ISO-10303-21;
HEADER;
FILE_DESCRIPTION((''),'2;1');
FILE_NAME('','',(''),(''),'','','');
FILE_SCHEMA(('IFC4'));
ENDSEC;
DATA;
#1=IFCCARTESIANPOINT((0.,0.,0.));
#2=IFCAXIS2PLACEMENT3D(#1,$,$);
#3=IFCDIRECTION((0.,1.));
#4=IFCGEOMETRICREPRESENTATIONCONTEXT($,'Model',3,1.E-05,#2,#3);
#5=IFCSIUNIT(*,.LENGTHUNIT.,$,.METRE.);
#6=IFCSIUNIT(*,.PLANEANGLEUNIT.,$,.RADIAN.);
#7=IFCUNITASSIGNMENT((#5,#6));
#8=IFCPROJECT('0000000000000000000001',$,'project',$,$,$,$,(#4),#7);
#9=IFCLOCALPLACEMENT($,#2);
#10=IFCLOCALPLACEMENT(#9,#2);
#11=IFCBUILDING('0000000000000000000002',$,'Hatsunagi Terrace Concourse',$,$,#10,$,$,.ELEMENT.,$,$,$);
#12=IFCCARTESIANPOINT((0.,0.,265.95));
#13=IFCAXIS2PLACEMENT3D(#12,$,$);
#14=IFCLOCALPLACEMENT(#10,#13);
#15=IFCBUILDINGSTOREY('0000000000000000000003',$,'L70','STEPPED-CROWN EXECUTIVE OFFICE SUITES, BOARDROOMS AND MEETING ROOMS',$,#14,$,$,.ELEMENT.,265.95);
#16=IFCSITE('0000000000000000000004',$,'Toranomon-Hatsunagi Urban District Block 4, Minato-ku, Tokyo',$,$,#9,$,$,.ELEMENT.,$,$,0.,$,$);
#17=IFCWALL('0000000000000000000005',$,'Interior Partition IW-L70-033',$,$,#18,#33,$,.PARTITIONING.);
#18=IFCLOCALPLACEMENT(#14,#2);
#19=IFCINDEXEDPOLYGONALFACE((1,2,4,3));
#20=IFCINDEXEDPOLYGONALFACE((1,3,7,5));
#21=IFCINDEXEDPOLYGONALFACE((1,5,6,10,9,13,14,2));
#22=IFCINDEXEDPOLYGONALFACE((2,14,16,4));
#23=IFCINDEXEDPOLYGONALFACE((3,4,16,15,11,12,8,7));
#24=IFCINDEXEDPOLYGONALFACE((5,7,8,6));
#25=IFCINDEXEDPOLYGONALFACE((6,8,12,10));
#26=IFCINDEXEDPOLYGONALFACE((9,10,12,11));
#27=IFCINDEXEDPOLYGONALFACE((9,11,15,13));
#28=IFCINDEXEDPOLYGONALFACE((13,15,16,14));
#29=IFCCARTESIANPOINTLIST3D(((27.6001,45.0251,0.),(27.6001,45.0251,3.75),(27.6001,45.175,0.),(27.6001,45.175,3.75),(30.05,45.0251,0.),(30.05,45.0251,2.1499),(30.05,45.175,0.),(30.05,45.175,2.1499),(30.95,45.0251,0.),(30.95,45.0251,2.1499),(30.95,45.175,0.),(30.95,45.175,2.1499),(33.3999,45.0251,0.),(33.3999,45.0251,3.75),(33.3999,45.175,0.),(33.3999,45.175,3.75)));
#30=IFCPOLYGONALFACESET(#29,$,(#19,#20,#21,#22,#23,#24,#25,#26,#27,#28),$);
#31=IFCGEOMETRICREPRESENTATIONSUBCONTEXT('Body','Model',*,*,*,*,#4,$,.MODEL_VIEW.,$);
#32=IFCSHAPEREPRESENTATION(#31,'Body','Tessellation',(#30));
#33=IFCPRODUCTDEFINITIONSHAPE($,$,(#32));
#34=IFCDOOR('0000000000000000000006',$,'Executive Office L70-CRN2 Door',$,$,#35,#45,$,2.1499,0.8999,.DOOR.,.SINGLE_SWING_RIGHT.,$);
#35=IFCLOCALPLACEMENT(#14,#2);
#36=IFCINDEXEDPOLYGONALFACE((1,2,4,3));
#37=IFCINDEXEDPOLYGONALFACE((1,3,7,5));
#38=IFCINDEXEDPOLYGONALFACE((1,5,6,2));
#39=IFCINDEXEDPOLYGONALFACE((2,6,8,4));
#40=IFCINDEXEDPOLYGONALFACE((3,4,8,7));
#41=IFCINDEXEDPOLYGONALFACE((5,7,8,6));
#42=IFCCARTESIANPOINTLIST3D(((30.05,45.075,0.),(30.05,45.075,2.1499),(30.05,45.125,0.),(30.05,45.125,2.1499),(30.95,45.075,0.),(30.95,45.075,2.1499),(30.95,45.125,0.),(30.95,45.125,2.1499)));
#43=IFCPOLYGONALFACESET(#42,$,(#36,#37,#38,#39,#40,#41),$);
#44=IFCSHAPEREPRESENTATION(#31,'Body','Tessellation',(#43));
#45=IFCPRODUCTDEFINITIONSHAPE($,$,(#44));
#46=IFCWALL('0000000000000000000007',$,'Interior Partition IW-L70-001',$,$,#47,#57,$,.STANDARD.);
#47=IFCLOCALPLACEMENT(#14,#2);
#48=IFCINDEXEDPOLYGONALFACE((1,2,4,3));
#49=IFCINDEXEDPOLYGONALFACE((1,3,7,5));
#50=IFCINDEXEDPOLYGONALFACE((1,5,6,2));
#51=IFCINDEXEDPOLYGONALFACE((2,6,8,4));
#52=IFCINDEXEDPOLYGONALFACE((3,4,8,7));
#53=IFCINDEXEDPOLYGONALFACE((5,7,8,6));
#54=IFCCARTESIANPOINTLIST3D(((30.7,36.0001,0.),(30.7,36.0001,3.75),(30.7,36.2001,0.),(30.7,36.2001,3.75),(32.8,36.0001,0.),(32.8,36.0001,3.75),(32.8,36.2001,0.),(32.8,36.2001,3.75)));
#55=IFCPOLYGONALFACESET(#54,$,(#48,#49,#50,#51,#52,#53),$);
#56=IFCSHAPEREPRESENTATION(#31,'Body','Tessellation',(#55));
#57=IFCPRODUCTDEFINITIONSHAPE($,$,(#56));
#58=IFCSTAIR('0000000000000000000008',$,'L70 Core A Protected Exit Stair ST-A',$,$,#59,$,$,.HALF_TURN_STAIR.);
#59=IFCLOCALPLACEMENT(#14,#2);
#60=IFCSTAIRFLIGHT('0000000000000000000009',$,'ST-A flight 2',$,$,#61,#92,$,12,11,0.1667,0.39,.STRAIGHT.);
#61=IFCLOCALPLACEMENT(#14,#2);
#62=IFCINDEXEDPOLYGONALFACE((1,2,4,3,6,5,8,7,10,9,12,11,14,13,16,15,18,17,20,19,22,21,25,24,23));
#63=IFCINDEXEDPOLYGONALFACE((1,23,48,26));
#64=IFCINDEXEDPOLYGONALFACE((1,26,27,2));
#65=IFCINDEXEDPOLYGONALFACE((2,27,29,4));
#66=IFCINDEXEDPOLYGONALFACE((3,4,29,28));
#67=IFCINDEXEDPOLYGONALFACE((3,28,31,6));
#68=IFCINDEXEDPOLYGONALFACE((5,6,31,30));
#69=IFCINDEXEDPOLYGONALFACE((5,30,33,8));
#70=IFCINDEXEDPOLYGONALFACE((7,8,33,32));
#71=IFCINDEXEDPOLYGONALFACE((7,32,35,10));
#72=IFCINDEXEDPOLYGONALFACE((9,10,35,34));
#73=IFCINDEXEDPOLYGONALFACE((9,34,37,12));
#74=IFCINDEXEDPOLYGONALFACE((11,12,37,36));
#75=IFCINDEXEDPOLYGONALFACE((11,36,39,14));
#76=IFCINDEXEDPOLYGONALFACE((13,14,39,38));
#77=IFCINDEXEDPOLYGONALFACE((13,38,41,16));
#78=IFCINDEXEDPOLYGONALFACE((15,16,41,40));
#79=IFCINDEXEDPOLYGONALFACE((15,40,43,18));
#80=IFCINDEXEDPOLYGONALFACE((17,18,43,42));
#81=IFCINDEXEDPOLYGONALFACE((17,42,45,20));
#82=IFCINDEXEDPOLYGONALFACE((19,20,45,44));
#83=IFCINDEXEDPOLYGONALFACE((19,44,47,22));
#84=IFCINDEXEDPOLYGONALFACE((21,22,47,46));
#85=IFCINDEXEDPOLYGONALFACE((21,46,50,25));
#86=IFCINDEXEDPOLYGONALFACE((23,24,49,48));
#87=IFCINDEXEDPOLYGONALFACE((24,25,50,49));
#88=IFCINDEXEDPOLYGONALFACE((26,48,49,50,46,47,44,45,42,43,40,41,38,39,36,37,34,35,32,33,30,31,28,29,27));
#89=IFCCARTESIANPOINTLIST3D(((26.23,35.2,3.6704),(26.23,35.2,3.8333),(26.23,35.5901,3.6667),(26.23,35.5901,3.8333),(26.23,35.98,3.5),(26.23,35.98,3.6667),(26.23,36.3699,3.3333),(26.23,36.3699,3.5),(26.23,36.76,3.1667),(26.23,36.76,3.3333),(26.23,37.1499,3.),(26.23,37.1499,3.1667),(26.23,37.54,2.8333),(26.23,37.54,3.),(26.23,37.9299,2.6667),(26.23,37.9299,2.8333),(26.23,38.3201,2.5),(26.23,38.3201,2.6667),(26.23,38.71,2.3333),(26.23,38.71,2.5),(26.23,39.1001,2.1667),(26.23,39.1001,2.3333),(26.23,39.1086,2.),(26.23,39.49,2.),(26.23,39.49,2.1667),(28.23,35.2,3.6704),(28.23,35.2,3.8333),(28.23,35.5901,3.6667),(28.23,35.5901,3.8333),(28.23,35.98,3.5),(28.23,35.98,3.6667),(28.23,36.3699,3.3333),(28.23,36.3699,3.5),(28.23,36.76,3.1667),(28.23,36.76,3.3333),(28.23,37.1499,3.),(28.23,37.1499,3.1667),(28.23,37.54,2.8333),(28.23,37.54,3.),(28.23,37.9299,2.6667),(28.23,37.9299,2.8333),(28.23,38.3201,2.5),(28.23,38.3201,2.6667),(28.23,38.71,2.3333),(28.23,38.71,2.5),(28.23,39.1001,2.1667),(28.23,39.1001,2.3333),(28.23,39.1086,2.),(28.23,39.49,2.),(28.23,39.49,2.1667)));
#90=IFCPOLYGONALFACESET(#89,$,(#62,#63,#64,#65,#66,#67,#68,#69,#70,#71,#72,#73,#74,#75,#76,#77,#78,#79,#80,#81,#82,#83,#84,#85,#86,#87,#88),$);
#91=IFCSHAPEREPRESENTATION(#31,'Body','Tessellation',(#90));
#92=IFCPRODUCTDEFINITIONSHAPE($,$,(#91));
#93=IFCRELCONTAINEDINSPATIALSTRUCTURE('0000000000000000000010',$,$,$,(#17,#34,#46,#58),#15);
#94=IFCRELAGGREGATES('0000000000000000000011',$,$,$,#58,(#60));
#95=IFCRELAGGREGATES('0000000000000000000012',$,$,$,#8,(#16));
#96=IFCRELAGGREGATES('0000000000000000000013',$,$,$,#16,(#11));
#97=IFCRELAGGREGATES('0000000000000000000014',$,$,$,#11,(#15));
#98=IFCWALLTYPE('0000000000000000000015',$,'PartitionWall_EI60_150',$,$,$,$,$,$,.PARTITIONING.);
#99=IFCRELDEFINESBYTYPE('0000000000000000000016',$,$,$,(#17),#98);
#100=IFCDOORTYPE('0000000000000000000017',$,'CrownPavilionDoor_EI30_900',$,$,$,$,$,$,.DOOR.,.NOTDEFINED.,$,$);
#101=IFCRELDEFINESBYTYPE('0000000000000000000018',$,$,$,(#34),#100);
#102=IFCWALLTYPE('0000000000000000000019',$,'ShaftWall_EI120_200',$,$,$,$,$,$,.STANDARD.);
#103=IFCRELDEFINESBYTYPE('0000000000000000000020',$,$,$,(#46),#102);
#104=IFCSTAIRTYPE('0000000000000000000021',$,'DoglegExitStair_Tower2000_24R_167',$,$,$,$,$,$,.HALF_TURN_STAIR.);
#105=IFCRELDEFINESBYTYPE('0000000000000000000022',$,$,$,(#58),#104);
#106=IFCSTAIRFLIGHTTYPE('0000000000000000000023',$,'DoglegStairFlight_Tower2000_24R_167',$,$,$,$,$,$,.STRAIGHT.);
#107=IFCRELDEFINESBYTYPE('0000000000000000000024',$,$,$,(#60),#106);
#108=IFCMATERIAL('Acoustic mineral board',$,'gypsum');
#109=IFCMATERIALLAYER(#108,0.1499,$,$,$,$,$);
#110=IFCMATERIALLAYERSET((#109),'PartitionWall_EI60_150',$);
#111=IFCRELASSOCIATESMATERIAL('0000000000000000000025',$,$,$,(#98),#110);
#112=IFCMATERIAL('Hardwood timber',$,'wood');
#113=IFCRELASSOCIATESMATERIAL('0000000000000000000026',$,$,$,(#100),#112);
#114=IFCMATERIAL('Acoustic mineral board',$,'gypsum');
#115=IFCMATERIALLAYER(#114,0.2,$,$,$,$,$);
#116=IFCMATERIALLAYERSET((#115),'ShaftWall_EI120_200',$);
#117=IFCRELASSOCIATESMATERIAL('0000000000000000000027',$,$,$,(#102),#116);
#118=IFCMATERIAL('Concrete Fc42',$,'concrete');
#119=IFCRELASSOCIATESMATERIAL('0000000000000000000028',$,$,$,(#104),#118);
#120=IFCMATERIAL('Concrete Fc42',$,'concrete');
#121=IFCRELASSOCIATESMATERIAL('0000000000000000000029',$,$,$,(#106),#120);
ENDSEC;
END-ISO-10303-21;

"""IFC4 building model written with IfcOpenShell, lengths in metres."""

from ifc_helpers import new_model, si_unit, direction, frame, frame_2d, origin, place, context, subcontext, project, spatial, polyline, rectangle, outline, extrude, material, layer, layer_set, type_object, element, fill, aggregate, save


model = new_model("IFC4")

# Units and contexts
model_context = context("Model", 3, precision=1e-05, world=origin(), true_north=direction((0.0, 1.0)))
body_context = subcontext(model_context, "Body", "Model", "MODEL_VIEW")
ifc_project = project(units=[si_unit("LENGTHUNIT", "METRE"), si_unit("PLANEANGLEUNIT", "RADIAN")], contexts=[model_context])

# Site, building, storey
site_placement = place(None, origin())
site = spatial("IfcSite", under=ifc_project, at=site_placement, Name="Toranomon-Hatsunagi Urban District Block 4, Minato-ku, Tokyo", CompositionType="ELEMENT", RefElevation=0.0)
building_placement = place(site_placement, origin())
building = spatial("IfcBuilding", under=site, at=building_placement, Name="Hatsunagi Terrace Concourse", CompositionType="ELEMENT")
storey_placement = place(building_placement, frame((0.0, 0.0, 265.95)))
storey = spatial("IfcBuildingStorey", under=building, at=storey_placement, Name="L70", Description="STEPPED-CROWN EXECUTIVE OFFICE SUITES, BOARDROOMS AND MEETING ROOMS", CompositionType="ELEMENT", Elevation=265.95)

# Shared definitions
ifc_material_1 = material(Name="Acoustic mineral board", Category="gypsum")
ifc_layer_1 = layer(ifc_material_1, 0.1499)
ifc_layer_set_1 = layer_set([ifc_layer_1], Name="PartitionWall_EI60_150")
wall_type_1 = type_object("IfcWallType", Name="PartitionWall_EI60_150", PredefinedType="PARTITIONING", material=ifc_layer_set_1)

# Wall, opening, door
wall_1_placement = place(storey_placement, frame((27.6001, 45.1001, 0.0), z_axis=(0.0, 0.0, 1.0), x_axis=(1.0, 0.0, 0.0)))
wall_1 = element("IfcWall", 1, at=wall_1_placement, inside=storey, type_object=wall_type_1, Name="Interior Partition IW-L70-033", PredefinedType="PARTITIONING", context=body_context, shape_type="SweptSolid", body=[
    extrude(rectangle(XDim=5.7998, YDim=0.1499, at=frame_2d((2.8999, 0.0))), origin(), (0.0, 0.0, 1.0), 3.75),
])
opening_1_placement = place(wall_1_placement, frame((2.45, 0.0, 0.0)))
opening_1 = element("IfcOpeningElement", 2, at=opening_1_placement, cuts=wall_1, PredefinedType="OPENING", context=body_context, shape_type="SweptSolid", body=[
    extrude(rectangle(XDim=0.8999, YDim=2.1499, at=frame_2d((0.45, 1.075))), frame((0.0, 0.085, 0.0), z_axis=(0.0, -1.0, 0.0), x_axis=(1.0, 0.0, 0.0)), (0.0, 0.0, 1.0), 0.1699),
])
ifc_material_2 = material(Name="Hardwood timber", Category="wood")
door_type_1 = type_object("IfcDoorType", Name="CrownPavilionDoor_EI30_900", OperationType="NOTDEFINED", PredefinedType="DOOR", material=ifc_material_2)
door_1_placement = place(opening_1_placement, origin())
door_1 = element("IfcDoor", 3, at=door_1_placement, inside=storey, type_object=door_type_1, Name="Executive Office L70-CRN2 Door", OperationType="SINGLE_SWING_RIGHT", OverallHeight=2.1499, OverallWidth=0.8999, PredefinedType="DOOR", context=body_context, shape_type="SweptSolid", body=[
    extrude(rectangle(XDim=0.8999, YDim=2.1499, at=frame_2d((0.45, 1.075))), frame((0.0, 0.0249, 0.0), z_axis=(0.0, -1.0, 0.0), x_axis=(1.0, 0.0, 0.0)), (0.0, 0.0, 1.0), 0.05),
])
fill(opening_1, door_1)

# Wall
ifc_material_3 = material(Name="Acoustic mineral board", Category="gypsum")
ifc_layer_2 = layer(ifc_material_3, 0.2)
ifc_layer_set_2 = layer_set([ifc_layer_2], Name="ShaftWall_EI120_200")
wall_type_2 = type_object("IfcWallType", Name="ShaftWall_EI120_200", PredefinedType="STANDARD", material=ifc_layer_set_2)
wall_2_placement = place(storey_placement, frame((30.7, 36.1001, 0.0), z_axis=(0.0, 0.0, 1.0), x_axis=(1.0, 0.0, 0.0)))
element("IfcWall", 4, at=wall_2_placement, inside=storey, type_object=wall_type_2, Name="Interior Partition IW-L70-001", PredefinedType="STANDARD", context=body_context, shape_type="SweptSolid", body=[
    extrude(rectangle(XDim=2.1001, YDim=0.2, at=frame_2d((1.05, 0.0))), origin(), (0.0, 0.0, 1.0), 3.75),
])

# Stair, stair flight
ifc_material_4 = material(Name="Concrete Fc42", Category="concrete")
stair_type = type_object("IfcStairType", Name="DoglegExitStair_Tower2000_24R_167", PredefinedType="HALF_TURN_STAIR", material=ifc_material_4)
stair_placement = place(storey_placement, origin())
stair = element("IfcStair", 5, at=stair_placement, inside=storey, type_object=stair_type, Name="L70 Core A Protected Exit Stair ST-A", PredefinedType="HALF_TURN_STAIR")
ifc_material_5 = material(Name="Concrete Fc42", Category="concrete")
stair_flight_type = type_object("IfcStairFlightType", Name="DoglegStairFlight_Tower2000_24R_167", PredefinedType="STRAIGHT", material=ifc_material_5)
stair_flight_placement = place(storey_placement, frame((27.23, 39.49, 2.0), z_axis=(0.0, 0.0, 1.0), x_axis=(0.0, -1.0, 0.0)))
stair_flight = element("IfcStairFlight", 6, at=stair_flight_placement, type_object=stair_flight_type, Name="ST-A flight 2", NumberOfRisers=12, NumberOfTreads=11, PredefinedType="STRAIGHT", RiserHeight=0.1667, TreadLength=0.39, context=body_context, shape_type="SweptSolid", body=[
    extrude(outline(polyline([(0.0, 0.0), (0.0, 0.1667), (0.3899, 0.1667), (0.3899, 0.3333), (0.78, 0.3333), (0.78, 0.5), (1.1699, 0.5), (1.1699, 0.6667), (1.5601, 0.6667), (1.5601, 0.8333), (1.95, 0.8333), (1.95, 1.0), (2.3401, 1.0), (2.3401, 1.1667), (2.73, 1.1667), (2.73, 1.3333), (3.1201, 1.3333), (3.1201, 1.5), (3.51, 1.5), (3.51, 1.6667), (3.8999, 1.6667), (3.8999, 1.8333), (4.29, 1.8333), (4.29, 2.0), (4.29, 1.6704), (0.3813, 0.0), (0.0, 0.0)])), frame((0.0, 1.0, 0.0), z_axis=(0.0, -1.0, 0.0), x_axis=(1.0, 0.0, 0.0)), (0.0, 0.0, 1.0), 2.0),
])
aggregate(stair, [stair_flight])

save(model, "model.ifc")
